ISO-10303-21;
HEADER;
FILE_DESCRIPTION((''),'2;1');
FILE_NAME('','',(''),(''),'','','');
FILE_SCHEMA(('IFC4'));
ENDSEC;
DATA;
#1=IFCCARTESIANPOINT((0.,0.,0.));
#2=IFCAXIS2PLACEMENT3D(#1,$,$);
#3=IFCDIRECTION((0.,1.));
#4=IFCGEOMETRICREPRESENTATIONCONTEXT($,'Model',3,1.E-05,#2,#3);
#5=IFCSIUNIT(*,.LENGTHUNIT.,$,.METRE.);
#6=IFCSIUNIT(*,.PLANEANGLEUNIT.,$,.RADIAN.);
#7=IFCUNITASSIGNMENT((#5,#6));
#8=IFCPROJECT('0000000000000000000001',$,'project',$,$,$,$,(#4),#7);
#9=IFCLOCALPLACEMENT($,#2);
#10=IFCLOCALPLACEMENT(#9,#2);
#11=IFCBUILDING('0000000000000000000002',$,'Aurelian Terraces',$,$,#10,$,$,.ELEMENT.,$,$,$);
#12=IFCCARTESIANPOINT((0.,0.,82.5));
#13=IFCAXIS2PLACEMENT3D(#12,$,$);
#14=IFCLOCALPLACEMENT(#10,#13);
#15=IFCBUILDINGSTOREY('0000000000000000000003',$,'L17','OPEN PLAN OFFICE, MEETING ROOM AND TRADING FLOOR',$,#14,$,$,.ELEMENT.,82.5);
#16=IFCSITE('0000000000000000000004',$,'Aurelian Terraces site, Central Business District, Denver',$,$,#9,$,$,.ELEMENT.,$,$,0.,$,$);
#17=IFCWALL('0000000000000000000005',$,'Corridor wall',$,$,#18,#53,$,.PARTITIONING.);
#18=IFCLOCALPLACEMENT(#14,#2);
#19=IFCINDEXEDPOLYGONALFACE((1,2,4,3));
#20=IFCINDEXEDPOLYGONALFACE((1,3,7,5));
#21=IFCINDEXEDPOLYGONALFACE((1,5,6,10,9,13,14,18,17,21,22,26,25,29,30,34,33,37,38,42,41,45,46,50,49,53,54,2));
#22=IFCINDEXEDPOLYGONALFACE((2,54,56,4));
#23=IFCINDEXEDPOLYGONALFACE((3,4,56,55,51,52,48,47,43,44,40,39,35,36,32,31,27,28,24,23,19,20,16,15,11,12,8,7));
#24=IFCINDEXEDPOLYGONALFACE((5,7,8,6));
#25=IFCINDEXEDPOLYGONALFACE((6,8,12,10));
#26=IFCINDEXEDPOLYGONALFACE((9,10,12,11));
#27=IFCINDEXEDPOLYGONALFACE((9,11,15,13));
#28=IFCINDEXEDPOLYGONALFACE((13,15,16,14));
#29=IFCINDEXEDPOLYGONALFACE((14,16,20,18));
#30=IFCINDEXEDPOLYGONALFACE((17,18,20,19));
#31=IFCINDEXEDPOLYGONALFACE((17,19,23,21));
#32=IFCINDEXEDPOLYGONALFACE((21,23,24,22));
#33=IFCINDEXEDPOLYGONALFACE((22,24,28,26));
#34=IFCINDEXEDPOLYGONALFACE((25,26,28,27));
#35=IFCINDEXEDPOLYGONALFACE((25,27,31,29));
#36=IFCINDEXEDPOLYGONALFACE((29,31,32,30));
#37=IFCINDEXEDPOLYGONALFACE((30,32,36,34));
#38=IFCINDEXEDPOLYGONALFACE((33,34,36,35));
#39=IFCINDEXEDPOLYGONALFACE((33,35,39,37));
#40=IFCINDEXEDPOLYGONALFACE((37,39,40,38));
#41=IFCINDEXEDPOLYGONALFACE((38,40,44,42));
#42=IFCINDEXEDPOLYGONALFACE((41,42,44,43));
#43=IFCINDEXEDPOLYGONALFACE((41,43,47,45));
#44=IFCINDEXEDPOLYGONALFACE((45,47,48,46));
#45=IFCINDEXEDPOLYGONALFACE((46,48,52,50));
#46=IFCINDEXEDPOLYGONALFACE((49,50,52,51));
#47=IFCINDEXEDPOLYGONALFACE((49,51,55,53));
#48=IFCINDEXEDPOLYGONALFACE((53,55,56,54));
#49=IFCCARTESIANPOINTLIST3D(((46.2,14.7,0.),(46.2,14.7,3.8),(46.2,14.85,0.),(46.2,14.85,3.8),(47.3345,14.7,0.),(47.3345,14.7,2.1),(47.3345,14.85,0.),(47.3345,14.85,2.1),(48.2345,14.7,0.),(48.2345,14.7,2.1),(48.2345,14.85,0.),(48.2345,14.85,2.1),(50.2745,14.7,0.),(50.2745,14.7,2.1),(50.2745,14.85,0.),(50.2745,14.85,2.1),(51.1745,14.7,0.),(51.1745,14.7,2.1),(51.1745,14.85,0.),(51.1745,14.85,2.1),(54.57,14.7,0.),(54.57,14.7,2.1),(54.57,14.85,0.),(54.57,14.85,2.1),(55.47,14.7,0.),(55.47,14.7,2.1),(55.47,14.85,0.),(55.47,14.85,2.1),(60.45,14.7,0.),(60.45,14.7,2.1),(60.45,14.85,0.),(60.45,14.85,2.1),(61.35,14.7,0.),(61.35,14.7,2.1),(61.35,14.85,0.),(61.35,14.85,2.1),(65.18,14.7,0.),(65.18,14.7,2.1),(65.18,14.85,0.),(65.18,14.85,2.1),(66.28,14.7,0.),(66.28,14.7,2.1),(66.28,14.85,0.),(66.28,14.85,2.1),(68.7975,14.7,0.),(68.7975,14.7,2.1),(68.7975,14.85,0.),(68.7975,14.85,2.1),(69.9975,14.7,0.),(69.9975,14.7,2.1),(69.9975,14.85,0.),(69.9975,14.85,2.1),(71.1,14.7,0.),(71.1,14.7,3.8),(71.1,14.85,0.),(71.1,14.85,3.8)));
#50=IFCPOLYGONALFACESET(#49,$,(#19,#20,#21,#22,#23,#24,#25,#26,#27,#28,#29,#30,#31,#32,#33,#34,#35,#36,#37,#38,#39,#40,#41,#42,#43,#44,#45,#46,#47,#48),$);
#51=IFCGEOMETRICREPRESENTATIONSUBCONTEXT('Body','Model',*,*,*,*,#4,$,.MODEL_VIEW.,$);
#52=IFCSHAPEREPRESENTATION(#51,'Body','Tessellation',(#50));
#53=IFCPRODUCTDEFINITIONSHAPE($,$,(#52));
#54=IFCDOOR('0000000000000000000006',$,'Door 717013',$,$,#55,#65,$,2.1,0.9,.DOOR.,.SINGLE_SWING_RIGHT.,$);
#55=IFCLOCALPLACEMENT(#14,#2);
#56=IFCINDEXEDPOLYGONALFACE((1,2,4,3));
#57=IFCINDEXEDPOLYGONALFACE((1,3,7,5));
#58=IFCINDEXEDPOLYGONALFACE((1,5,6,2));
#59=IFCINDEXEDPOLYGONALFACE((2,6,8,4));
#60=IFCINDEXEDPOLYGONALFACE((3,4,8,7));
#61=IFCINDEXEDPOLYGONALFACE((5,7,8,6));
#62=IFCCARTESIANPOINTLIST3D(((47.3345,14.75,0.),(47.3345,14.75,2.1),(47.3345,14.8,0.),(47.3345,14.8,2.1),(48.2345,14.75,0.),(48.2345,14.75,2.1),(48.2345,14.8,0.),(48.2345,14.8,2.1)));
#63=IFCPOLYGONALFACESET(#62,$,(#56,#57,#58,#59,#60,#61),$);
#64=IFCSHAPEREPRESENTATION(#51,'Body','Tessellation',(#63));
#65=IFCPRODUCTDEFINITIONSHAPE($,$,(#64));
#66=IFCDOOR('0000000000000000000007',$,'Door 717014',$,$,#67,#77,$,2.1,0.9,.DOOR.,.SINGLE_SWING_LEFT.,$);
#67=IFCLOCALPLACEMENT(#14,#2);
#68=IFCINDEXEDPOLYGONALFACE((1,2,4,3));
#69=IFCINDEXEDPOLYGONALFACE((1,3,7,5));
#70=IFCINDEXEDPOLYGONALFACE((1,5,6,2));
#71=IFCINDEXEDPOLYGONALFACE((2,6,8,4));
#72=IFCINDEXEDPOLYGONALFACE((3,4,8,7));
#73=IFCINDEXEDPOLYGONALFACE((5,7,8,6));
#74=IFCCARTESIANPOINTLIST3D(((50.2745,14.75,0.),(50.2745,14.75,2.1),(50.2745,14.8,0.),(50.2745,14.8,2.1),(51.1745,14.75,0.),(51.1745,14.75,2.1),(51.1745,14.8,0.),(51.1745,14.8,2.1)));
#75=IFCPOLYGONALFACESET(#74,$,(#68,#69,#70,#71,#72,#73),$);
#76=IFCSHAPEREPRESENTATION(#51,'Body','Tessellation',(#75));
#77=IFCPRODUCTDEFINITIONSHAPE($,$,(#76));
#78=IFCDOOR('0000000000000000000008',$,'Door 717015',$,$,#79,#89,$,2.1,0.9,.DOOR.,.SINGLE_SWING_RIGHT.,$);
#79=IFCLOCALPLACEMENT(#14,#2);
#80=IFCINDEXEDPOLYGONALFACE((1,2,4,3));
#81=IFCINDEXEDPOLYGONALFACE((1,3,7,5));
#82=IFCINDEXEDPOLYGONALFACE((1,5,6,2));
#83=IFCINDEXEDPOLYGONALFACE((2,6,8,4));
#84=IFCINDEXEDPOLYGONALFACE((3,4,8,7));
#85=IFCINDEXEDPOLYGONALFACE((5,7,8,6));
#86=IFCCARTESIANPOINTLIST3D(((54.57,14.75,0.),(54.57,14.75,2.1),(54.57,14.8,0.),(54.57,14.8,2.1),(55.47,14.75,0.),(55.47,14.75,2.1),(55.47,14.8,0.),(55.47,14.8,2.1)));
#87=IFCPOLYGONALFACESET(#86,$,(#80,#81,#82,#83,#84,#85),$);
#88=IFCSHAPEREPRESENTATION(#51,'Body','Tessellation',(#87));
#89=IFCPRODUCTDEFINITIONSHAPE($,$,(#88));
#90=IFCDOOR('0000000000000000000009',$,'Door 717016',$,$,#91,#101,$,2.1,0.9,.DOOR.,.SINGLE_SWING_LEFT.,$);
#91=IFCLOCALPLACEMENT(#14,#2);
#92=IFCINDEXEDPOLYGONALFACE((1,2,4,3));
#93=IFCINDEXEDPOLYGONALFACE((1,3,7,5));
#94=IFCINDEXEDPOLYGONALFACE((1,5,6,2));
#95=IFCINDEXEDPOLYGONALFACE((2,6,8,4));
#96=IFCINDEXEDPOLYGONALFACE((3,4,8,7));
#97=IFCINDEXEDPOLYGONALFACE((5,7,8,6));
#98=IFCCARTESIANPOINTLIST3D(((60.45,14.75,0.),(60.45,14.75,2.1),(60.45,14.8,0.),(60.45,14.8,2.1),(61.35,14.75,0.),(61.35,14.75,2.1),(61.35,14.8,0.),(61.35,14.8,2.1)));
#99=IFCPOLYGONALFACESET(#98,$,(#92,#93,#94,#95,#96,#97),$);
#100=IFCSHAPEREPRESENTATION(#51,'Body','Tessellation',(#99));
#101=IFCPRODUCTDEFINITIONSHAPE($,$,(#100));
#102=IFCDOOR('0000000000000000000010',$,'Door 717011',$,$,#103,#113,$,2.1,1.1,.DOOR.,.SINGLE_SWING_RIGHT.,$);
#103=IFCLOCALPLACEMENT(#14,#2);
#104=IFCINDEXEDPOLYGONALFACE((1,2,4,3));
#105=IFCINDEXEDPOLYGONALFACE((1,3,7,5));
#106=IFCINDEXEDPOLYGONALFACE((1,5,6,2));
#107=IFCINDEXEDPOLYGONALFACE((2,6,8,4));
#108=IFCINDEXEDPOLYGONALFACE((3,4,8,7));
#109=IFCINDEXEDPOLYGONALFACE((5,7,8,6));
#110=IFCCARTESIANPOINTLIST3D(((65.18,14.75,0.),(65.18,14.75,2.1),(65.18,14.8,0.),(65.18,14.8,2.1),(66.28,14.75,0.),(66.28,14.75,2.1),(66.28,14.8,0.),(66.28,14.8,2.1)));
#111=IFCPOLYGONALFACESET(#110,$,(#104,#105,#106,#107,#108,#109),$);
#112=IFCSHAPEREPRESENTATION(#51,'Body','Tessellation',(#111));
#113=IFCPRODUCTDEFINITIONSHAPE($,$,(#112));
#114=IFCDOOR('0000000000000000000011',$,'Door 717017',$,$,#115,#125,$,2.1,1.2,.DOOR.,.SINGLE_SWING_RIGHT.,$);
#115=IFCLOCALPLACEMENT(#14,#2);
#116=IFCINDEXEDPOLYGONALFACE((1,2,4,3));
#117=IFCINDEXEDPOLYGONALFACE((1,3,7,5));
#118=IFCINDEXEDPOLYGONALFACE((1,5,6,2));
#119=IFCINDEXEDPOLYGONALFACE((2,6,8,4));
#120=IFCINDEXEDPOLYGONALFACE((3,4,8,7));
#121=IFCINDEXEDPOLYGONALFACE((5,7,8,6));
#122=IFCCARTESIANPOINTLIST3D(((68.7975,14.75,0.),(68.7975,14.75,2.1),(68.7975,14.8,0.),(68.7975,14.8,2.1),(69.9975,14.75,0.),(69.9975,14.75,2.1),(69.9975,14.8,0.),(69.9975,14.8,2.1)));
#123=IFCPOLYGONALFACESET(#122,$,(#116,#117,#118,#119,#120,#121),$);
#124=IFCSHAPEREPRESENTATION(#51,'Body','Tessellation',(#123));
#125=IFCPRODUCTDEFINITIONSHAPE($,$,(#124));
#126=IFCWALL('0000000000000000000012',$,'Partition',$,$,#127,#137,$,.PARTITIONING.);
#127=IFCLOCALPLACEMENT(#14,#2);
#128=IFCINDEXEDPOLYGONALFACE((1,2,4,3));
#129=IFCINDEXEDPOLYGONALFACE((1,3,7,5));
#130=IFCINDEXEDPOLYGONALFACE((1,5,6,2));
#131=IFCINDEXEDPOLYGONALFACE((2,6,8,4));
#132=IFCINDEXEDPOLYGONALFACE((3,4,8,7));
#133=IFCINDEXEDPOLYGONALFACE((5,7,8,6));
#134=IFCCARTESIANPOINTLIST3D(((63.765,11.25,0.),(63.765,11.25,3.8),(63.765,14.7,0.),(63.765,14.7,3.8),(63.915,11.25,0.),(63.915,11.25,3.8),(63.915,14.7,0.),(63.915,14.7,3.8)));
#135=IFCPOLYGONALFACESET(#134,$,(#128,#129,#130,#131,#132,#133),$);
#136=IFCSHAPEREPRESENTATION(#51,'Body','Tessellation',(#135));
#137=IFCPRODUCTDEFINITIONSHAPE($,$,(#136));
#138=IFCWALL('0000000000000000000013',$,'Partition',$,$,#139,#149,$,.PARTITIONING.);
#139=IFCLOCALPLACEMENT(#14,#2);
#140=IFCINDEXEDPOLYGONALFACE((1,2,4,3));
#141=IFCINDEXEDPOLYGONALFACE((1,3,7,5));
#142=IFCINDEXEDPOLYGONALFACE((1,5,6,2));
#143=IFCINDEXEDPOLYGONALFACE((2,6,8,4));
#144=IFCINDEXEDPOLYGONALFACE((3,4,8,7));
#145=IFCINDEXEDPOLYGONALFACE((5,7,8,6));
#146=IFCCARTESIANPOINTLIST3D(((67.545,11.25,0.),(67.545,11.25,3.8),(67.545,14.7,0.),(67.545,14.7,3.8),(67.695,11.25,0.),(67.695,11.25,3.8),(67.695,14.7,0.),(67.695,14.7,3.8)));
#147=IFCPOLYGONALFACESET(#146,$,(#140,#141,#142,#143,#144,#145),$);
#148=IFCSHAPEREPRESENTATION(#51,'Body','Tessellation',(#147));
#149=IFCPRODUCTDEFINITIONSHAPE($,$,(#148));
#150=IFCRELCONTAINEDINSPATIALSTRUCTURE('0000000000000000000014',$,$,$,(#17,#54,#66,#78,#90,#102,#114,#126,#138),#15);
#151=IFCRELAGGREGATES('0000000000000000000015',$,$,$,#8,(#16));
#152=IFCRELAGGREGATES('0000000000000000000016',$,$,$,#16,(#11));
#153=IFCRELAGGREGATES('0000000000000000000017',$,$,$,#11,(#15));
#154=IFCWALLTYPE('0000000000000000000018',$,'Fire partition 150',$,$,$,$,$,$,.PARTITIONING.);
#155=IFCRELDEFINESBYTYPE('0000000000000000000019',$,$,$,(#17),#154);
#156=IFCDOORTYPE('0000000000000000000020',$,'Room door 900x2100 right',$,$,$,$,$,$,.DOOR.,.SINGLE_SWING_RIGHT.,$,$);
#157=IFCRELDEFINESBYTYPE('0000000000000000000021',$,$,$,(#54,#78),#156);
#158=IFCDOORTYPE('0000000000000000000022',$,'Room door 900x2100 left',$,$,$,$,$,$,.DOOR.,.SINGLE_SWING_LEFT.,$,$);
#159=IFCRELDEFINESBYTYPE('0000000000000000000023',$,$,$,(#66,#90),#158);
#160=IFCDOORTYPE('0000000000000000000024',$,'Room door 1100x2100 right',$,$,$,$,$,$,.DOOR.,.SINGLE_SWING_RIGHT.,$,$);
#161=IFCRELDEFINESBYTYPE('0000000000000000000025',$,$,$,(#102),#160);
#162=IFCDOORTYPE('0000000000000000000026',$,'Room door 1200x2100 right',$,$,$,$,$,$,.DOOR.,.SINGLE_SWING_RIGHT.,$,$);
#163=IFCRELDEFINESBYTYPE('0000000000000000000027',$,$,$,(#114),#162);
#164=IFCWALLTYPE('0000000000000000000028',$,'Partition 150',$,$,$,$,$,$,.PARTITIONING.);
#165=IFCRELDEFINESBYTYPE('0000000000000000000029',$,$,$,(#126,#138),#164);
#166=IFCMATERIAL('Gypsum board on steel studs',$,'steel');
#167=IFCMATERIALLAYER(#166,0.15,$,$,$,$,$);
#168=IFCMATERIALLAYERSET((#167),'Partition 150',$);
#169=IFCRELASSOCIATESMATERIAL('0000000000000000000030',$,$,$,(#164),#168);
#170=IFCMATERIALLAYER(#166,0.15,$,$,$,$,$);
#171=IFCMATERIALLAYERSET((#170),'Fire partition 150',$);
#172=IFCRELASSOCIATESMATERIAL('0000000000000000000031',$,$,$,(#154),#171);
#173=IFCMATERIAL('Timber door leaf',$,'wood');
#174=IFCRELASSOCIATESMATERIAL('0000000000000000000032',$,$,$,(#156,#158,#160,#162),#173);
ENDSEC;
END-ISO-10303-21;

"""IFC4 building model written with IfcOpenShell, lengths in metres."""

from ifc_helpers import new_model, si_unit, direction, frame, frame_2d, origin, place, context, subcontext, project, spatial, rectangle, extrude, source, transform, mapped, material, layer, layer_set, type_object, element, fill, save


model = new_model("IFC4")

# Units and contexts
model_context = context("Model", 3, precision=1e-05, world=origin(), true_north=direction((0.0, 1.0)))
body_context = subcontext(model_context, "Body", "Model", "MODEL_VIEW")
ifc_project = project(units=[si_unit("LENGTHUNIT", "METRE"), si_unit("PLANEANGLEUNIT", "RADIAN")], contexts=[model_context])

# Site, building, storey
site_placement = place(None, origin())
site = spatial("IfcSite", under=ifc_project, at=site_placement, Name="Aurelian Terraces site, Central Business District, Denver", CompositionType="ELEMENT", RefElevation=0.0)
building_placement = place(site_placement, origin())
building = spatial("IfcBuilding", under=site, at=building_placement, Name="Aurelian Terraces", CompositionType="ELEMENT")
storey_placement = place(building_placement, frame((0.0, 0.0, 82.5)))
storey = spatial("IfcBuildingStorey", under=building, at=storey_placement, Name="L17", Description="OPEN PLAN OFFICE, MEETING ROOM AND TRADING FLOOR", CompositionType="ELEMENT", Elevation=82.5)

# Shared definitions
ifc_material_1 = material(Name="Gypsum board on steel studs", Category="steel")
ifc_layer_1 = layer(ifc_material_1, 0.15)
ifc_layer_set_1 = layer_set([ifc_layer_1], Name="Partition 150")
wall_type_1 = type_object("IfcWallType", Name="Partition 150", PredefinedType="PARTITIONING", material=ifc_layer_set_1)

# Wall, openings, doors
ifc_layer_2 = layer(ifc_material_1, 0.15)
ifc_layer_set_2 = layer_set([ifc_layer_2], Name="Fire partition 150")
wall_type_2 = type_object("IfcWallType", Name="Fire partition 150", PredefinedType="PARTITIONING", material=ifc_layer_set_2)
shared_shape_1 = source(origin(), body_context, "Body", "SweptSolid", [
    extrude(rectangle(XDim=24.9, YDim=0.15, at=frame_2d((12.45, 0.0))), origin(), (0.0, 0.0, 1.0), 3.8),
])
wall_1_placement = place(storey_placement, frame((71.1, 14.775, 0.0), z_axis=(0.0, 0.0, 1.0), x_axis=(-1.0, 0.0, 0.0)))
wall_1 = element("IfcWall", 1, at=wall_1_placement, inside=storey, type_object=wall_type_2, Name="Corridor wall", PredefinedType="PARTITIONING", context=body_context, shape_type="MappedRepresentation", body=[
    mapped(shared_shape_1, transform((0.0, 0.0, 0.0), scale=1.0)),
])
shared_shape_2 = source(origin(), body_context, "Body", "SweptSolid", [
    extrude(rectangle(XDim=1.1, YDim=2.1, at=frame_2d((0.55, 1.05))), frame((0.0, 0.085, 0.0), z_axis=(0.0, -1.0, 0.0), x_axis=(1.0, 0.0, 0.0)), (0.0, 0.0, 1.0), 0.17),
])
opening_1_placement = place(wall_1_placement, frame((4.82, 0.0, 0.0)))
opening_1 = element("IfcOpeningElement", 2, at=opening_1_placement, cuts=wall_1, PredefinedType="OPENING", context=body_context, shape_type="MappedRepresentation", body=[
    mapped(shared_shape_2, transform((0.0, 0.0, 0.0), scale=1.0)),
])
shared_shape_3 = source(origin(), body_context, "Body", "SweptSolid", [
    extrude(rectangle(XDim=0.9, YDim=2.1, at=frame_2d((0.45, 1.05))), frame((0.0, 0.085, 0.0), z_axis=(0.0, -1.0, 0.0), x_axis=(1.0, 0.0, 0.0)), (0.0, 0.0, 1.0), 0.17),
])
opening_2_placement = place(wall_1_placement, frame((22.8655, 0.0, 0.0)))
opening_2 = element("IfcOpeningElement", 3, at=opening_2_placement, cuts=wall_1, PredefinedType="OPENING", context=body_context, shape_type="MappedRepresentation", body=[
    mapped(shared_shape_3, transform((0.0, 0.0, 0.0), scale=1.0)),
])
opening_3_placement = place(wall_1_placement, frame((19.9255, 0.0, 0.0)))
opening_3 = element("IfcOpeningElement", 4, at=opening_3_placement, cuts=wall_1, PredefinedType="OPENING", context=body_context, shape_type="MappedRepresentation", body=[
    mapped(shared_shape_3, transform((0.0, 0.0, 0.0), scale=1.0)),
])
opening_4_placement = place(wall_1_placement, frame((15.63, 0.0, 0.0)))
opening_4 = element("IfcOpeningElement", 5, at=opening_4_placement, cuts=wall_1, PredefinedType="OPENING", context=body_context, shape_type="MappedRepresentation", body=[
    mapped(shared_shape_3, transform((0.0, 0.0, 0.0), scale=1.0)),
])
opening_5_placement = place(wall_1_placement, frame((9.75, 0.0, 0.0)))
opening_5 = element("IfcOpeningElement", 6, at=opening_5_placement, cuts=wall_1, PredefinedType="OPENING", context=body_context, shape_type="MappedRepresentation", body=[
    mapped(shared_shape_3, transform((0.0, 0.0, 0.0), scale=1.0)),
])
shared_shape_4 = source(origin(), body_context, "Body", "SweptSolid", [
    extrude(rectangle(XDim=1.2, YDim=2.1, at=frame_2d((0.6, 1.05))), frame((0.0, 0.085, 0.0), z_axis=(0.0, -1.0, 0.0), x_axis=(1.0, 0.0, 0.0)), (0.0, 0.0, 1.0), 0.17),
])
opening_6_placement = place(wall_1_placement, frame((1.1025, 0.0, 0.0)))
opening_6 = element("IfcOpeningElement", 7, at=opening_6_placement, cuts=wall_1, PredefinedType="OPENING", context=body_context, shape_type="MappedRepresentation", body=[
    mapped(shared_shape_4, transform((0.0, 0.0, 0.0), scale=1.0)),
])
ifc_material_2 = material(Name="Timber door leaf", Category="wood")
door_type_1 = type_object("IfcDoorType", Name="Room door 900x2100 right", OperationType="SINGLE_SWING_RIGHT", PredefinedType="DOOR", material=ifc_material_2)
shared_shape_5 = source(origin(), body_context, "Body", "SweptSolid", [
    extrude(rectangle(XDim=0.9, YDim=2.1, at=frame_2d((0.45, 1.05))), frame((0.0, 0.025, 0.0), z_axis=(0.0, -1.0, 0.0), x_axis=(1.0, 0.0, 0.0)), (0.0, 0.0, 1.0), 0.05),
])
door_1_placement = place(opening_2_placement, origin())
door_1 = element("IfcDoor", 8, at=door_1_placement, inside=storey, type_object=door_type_1, Name="Door 717013", OperationType="SINGLE_SWING_RIGHT", OverallHeight=2.1, OverallWidth=0.9, PredefinedType="DOOR", context=body_context, shape_type="MappedRepresentation", body=[
    mapped(shared_shape_5, transform((0.0, 0.0, 0.0), scale=1.0)),
])
fill(opening_2, door_1)
door_type_2 = type_object("IfcDoorType", Name="Room door 900x2100 left", OperationType="SINGLE_SWING_LEFT", PredefinedType="DOOR", material=ifc_material_2)
door_2_placement = place(opening_3_placement, origin())
door_2 = element("IfcDoor", 9, at=door_2_placement, inside=storey, type_object=door_type_2, Name="Door 717014", OperationType="SINGLE_SWING_LEFT", OverallHeight=2.1, OverallWidth=0.9, PredefinedType="DOOR", context=body_context, shape_type="MappedRepresentation", body=[
    mapped(shared_shape_5, transform((0.0, 0.0, 0.0), scale=1.0)),
])
fill(opening_3, door_2)
door_3_placement = place(opening_4_placement, origin())
door_3 = element("IfcDoor", 10, at=door_3_placement, inside=storey, type_object=door_type_1, Name="Door 717015", OperationType="SINGLE_SWING_RIGHT", OverallHeight=2.1, OverallWidth=0.9, PredefinedType="DOOR", context=body_context, shape_type="MappedRepresentation", body=[
    mapped(shared_shape_5, transform((0.0, 0.0, 0.0), scale=1.0)),
])
fill(opening_4, door_3)
door_4_placement = place(opening_5_placement, origin())
door_4 = element("IfcDoor", 11, at=door_4_placement, inside=storey, type_object=door_type_2, Name="Door 717016", OperationType="SINGLE_SWING_LEFT", OverallHeight=2.1, OverallWidth=0.9, PredefinedType="DOOR", context=body_context, shape_type="MappedRepresentation", body=[
    mapped(shared_shape_5, transform((0.0, 0.0, 0.0), scale=1.0)),
])
fill(opening_5, door_4)
door_type_3 = type_object("IfcDoorType", Name="Room door 1100x2100 right", OperationType="SINGLE_SWING_RIGHT", PredefinedType="DOOR", material=ifc_material_2)
shared_shape_6 = source(origin(), body_context, "Body", "SweptSolid", [
    extrude(rectangle(XDim=1.1, YDim=2.1, at=frame_2d((0.55, 1.05))), frame((0.0, 0.025, 0.0), z_axis=(0.0, -1.0, 0.0), x_axis=(1.0, 0.0, 0.0)), (0.0, 0.0, 1.0), 0.05),
])
door_5_placement = place(opening_1_placement, origin())
door_5 = element("IfcDoor", 12, at=door_5_placement, inside=storey, type_object=door_type_3, Name="Door 717011", OperationType="SINGLE_SWING_RIGHT", OverallHeight=2.1, OverallWidth=1.1, PredefinedType="DOOR", context=body_context, shape_type="MappedRepresentation", body=[
    mapped(shared_shape_6, transform((0.0, 0.0, 0.0), scale=1.0)),
])
fill(opening_1, door_5)
door_type_4 = type_object("IfcDoorType", Name="Room door 1200x2100 right", OperationType="SINGLE_SWING_RIGHT", PredefinedType="DOOR", material=ifc_material_2)
shared_shape_7 = source(origin(), body_context, "Body", "SweptSolid", [
    extrude(rectangle(XDim=1.2, YDim=2.1, at=frame_2d((0.6, 1.05))), frame((0.0, 0.025, 0.0), z_axis=(0.0, -1.0, 0.0), x_axis=(1.0, 0.0, 0.0)), (0.0, 0.0, 1.0), 0.05),
])
door_6_placement = place(opening_6_placement, origin())
door_6 = element("IfcDoor", 13, at=door_6_placement, inside=storey, type_object=door_type_4, Name="Door 717017", OperationType="SINGLE_SWING_RIGHT", OverallHeight=2.1, OverallWidth=1.2, PredefinedType="DOOR", context=body_context, shape_type="MappedRepresentation", body=[
    mapped(shared_shape_7, transform((0.0, 0.0, 0.0), scale=1.0)),
])
fill(opening_6, door_6)

# Walls
shared_shape_8 = source(origin(), body_context, "Body", "SweptSolid", [
    extrude(rectangle(XDim=3.45, YDim=0.15, at=frame_2d((1.725, 0.0))), origin(), (0.0, 0.0, 1.0), 3.8),
])
for number, where, z_axis, x_axis, name in (
    (14, (63.84, 11.25, 0.0), (0.0, 0.0, 1.0), (0.0, 1.0, 0.0), "Partition"),
    (15, (67.62, 11.25, 0.0), (0.0, 0.0, 1.0), (0.0, 1.0, 0.0), "Partition"),
):
    element("IfcWall", number, at=place(storey_placement, frame(where, z_axis=z_axis, x_axis=x_axis)), inside=storey, type_object=wall_type_1, Name=name, PredefinedType="PARTITIONING", context=body_context, shape_type="MappedRepresentation", body=[
        mapped(shared_shape_8, transform((0.0, 0.0, 0.0), scale=1.0)),
    ])

save(model, "model.ifc")
